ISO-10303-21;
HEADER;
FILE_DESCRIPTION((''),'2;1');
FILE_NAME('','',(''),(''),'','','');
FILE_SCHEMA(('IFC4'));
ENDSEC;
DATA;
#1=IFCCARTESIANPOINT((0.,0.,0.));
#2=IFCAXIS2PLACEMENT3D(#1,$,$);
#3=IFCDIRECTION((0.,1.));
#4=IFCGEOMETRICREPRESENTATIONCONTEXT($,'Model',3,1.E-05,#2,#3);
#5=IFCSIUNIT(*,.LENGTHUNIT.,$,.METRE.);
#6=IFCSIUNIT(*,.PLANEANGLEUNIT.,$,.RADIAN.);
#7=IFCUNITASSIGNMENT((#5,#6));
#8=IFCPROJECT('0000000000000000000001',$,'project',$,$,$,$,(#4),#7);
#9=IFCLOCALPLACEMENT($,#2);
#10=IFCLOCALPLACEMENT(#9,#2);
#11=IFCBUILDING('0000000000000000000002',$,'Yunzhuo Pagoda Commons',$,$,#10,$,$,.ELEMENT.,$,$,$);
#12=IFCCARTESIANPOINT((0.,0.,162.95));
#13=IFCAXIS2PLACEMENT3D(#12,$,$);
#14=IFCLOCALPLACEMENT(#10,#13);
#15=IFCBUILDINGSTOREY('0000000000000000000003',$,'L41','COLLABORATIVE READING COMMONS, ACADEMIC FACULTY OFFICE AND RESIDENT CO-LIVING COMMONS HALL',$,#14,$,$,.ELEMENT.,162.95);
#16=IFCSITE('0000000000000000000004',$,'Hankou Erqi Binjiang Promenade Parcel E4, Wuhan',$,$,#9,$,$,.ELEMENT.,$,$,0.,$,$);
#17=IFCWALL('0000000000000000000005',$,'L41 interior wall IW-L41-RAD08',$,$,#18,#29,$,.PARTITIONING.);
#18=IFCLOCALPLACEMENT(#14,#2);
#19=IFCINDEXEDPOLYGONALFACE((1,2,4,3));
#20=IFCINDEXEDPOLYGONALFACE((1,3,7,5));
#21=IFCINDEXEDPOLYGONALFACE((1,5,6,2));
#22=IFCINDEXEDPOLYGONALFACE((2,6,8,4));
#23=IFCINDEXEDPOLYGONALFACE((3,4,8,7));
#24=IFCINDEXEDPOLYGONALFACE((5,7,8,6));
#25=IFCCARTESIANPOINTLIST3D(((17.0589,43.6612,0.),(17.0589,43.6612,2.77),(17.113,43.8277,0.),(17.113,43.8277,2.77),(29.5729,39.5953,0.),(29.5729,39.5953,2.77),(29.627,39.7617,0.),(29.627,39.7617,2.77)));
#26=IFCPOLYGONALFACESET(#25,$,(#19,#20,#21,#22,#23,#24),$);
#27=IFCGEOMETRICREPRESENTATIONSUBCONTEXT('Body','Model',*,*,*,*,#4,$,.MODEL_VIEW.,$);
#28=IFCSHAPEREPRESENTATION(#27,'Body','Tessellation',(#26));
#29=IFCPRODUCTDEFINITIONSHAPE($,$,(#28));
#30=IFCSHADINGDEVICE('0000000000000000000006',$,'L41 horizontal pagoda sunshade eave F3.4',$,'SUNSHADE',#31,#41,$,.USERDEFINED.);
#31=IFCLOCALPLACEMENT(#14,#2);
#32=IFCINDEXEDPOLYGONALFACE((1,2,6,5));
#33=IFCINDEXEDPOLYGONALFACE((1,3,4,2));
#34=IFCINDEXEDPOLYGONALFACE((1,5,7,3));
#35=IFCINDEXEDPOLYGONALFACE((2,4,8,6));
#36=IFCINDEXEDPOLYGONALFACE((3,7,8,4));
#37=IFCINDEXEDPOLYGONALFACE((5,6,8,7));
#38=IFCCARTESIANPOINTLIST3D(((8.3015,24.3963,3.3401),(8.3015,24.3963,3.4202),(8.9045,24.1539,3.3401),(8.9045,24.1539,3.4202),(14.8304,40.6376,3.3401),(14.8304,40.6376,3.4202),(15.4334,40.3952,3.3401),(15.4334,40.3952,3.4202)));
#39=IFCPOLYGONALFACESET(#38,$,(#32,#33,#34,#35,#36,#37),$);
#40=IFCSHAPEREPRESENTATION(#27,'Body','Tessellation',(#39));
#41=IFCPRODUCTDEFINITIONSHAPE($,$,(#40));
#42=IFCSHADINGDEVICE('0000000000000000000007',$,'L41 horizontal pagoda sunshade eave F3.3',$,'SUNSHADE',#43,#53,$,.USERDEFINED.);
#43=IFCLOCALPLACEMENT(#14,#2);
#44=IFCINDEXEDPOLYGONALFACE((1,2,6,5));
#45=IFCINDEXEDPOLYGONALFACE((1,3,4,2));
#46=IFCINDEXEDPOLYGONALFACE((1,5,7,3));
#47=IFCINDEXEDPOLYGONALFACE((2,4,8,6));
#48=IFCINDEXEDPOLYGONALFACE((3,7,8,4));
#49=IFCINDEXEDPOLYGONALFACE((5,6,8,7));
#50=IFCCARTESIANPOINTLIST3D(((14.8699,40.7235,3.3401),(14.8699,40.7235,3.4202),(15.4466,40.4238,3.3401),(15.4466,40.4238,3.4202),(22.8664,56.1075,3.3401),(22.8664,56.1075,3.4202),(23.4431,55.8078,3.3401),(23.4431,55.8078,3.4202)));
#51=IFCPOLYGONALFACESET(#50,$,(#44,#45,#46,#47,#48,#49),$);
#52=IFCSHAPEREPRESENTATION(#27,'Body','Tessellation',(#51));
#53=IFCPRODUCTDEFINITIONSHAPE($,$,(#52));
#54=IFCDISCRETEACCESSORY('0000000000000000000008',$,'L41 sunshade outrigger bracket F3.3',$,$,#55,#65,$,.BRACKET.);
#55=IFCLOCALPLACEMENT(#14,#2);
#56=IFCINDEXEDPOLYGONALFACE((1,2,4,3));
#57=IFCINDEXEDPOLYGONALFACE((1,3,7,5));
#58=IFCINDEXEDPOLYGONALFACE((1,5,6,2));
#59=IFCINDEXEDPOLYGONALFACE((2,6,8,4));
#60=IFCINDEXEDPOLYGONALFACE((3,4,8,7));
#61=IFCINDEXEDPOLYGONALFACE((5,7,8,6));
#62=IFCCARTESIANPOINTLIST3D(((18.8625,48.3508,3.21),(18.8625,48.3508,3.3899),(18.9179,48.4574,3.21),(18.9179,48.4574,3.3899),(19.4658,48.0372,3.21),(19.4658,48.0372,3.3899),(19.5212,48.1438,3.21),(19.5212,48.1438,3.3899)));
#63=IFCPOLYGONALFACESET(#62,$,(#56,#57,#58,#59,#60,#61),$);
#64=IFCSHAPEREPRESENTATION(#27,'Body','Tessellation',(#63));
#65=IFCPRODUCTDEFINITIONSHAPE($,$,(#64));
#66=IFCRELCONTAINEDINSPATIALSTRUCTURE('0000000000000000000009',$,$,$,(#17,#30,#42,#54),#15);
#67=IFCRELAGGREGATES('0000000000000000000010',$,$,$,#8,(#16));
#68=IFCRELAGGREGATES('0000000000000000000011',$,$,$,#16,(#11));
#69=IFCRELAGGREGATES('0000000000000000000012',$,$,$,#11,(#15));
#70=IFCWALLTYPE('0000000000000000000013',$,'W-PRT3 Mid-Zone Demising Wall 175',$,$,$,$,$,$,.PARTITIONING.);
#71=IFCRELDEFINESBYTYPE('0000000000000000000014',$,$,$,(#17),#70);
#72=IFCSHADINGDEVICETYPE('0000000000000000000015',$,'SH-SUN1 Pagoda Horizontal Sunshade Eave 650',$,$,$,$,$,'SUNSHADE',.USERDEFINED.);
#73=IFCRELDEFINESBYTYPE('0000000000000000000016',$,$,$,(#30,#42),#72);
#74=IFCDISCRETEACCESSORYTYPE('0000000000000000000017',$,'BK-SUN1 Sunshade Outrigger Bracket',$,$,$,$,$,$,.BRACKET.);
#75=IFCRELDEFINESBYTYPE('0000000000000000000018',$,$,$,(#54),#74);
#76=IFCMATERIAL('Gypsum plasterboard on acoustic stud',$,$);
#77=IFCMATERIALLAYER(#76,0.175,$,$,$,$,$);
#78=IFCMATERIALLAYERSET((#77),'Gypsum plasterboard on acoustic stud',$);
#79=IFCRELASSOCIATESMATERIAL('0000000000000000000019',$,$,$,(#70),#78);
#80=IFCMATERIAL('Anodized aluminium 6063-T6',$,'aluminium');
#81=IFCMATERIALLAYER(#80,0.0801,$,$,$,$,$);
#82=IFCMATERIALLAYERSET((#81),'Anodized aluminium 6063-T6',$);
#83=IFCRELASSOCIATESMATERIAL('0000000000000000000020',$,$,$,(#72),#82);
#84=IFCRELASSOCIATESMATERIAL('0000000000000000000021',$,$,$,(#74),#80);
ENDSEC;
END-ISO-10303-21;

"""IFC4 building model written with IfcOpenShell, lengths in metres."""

from ifc_helpers import new_model, si_unit, direction, frame, frame_2d, origin, origin_2d, place, context, subcontext, project, spatial, rectangle, extrude, source, transform, mapped, material, layer, layer_set, type_object, element, save


model = new_model("IFC4")

# Units and contexts
model_context = context("Model", 3, precision=1e-05, world=origin(), true_north=direction((0.0, 1.0)))
body_context = subcontext(model_context, "Body", "Model", "MODEL_VIEW")
ifc_project = project(units=[si_unit("LENGTHUNIT", "METRE"), si_unit("PLANEANGLEUNIT", "RADIAN")], contexts=[model_context])

# Site, building, storey
site_placement = place(None, origin())
site = spatial("IfcSite", under=ifc_project, at=site_placement, Name="Hankou Erqi Binjiang Promenade Parcel E4, Wuhan", CompositionType="ELEMENT", RefElevation=0.0)
building_placement = place(site_placement, origin())
building = spatial("IfcBuilding", under=site, at=building_placement, Name="Yunzhuo Pagoda Commons", CompositionType="ELEMENT")
storey_placement = place(building_placement, frame((0.0, 0.0, 162.95)))
storey = spatial("IfcBuildingStorey", under=building, at=storey_placement, Name="L41", Description="COLLABORATIVE READING COMMONS, ACADEMIC FACULTY OFFICE AND RESIDENT CO-LIVING COMMONS HALL", CompositionType="ELEMENT", Elevation=162.95)

# Shared definitions
ifc_material_1 = material(Name="Anodized aluminium 6063-T6", Category="aluminium")

# Shared definitions
ifc_material_2 = material(Name="Gypsum plasterboard on acoustic stud")

# Wall
ifc_layer_1 = layer(ifc_material_2, 0.175)
ifc_layer_set_1 = layer_set([ifc_layer_1], Name="Gypsum plasterboard on acoustic stud")
wall_type_1 = type_object("IfcWallType", Name="W-PRT3 Mid-Zone Demising Wall 175", PredefinedType="PARTITIONING", material=ifc_layer_set_1)
wall_1_placement = place(storey_placement, frame((29.6001, 39.6785, 0.0), z_axis=(0.0, 0.0, 1.0), x_axis=(-0.951059, 0.30901, 0.0)))
element("IfcWall", 1, at=wall_1_placement, inside=storey, type_object=wall_type_1, Name="L41 interior wall IW-L41-RAD08", PredefinedType="PARTITIONING", context=body_context, shape_type="SweptSolid", body=[
    extrude(rectangle(XDim=13.158, YDim=0.175, at=frame_2d((6.5791, 0.0))), origin(), (0.0, 0.0, 1.0), 2.77),
])

# Shading devices
ifc_layer_2 = layer(ifc_material_1, 0.0801)
ifc_layer_set_2 = layer_set([ifc_layer_2], Name="Anodized aluminium 6063-T6")
shading_device_type = type_object("IfcShadingDeviceType", Name="SH-SUN1 Pagoda Horizontal Sunshade Eave 650", ElementType="SUNSHADE", PredefinedType="USERDEFINED", material=ifc_layer_set_2)
shared_shape_1 = source(origin(), body_context, "Body", "SweptSolid", [
    extrude(rectangle(XDim=17.5044, YDim=0.6499, at=origin_2d()), origin(), (0.0, 0.0, 1.0), 0.0801),
])
shading_device_1_placement = place(storey_placement, frame((11.8674, 32.3958, 3.3401), z_axis=(0.0, 0.0, 1.0), x_axis=(-0.372988, -0.927836, 0.0)))
element("IfcShadingDevice", 2, at=shading_device_1_placement, inside=storey, type_object=shading_device_type, Name="L41 horizontal pagoda sunshade eave F3.4", ObjectType="SUNSHADE", PredefinedType="USERDEFINED", context=body_context, shape_type="MappedRepresentation", body=[
    mapped(shared_shape_1, transform((0.0, 0.0, 0.0), scale=1.0)),
])
shared_shape_2 = source(origin(), body_context, "Body", "SweptSolid", [
    extrude(rectangle(XDim=17.3381, YDim=0.6499, at=origin_2d()), origin(), (0.0, 0.0, 1.0), 0.0801),
])
shading_device_2_placement = place(storey_placement, frame((19.1565, 48.2656, 3.3401), z_axis=(0.0, 0.0, 1.0), x_axis=(-0.461207, -0.887293, 0.0)))
element("IfcShadingDevice", 3, at=shading_device_2_placement, inside=storey, type_object=shading_device_type, Name="L41 horizontal pagoda sunshade eave F3.3", ObjectType="SUNSHADE", PredefinedType="USERDEFINED", context=body_context, shape_type="MappedRepresentation", body=[
    mapped(shared_shape_2, transform((0.0, 0.0, 0.0), scale=1.0)),
])

# Discrete accessory
discrete_accessory_type = type_object("IfcDiscreteAccessoryType", Name="BK-SUN1 Sunshade Outrigger Bracket", PredefinedType="BRACKET", material=ifc_material_1)
shared_shape_3 = source(origin(), body_context, "Body", "SweptSolid", [
    extrude(rectangle(XDim=0.1201, YDim=0.6799, at=origin_2d()), origin(), (0.0, 0.0, 1.0), 0.1799),
])
discrete_accessory_placement = place(storey_placement, frame((19.1919, 48.2473, 3.21), z_axis=(0.0, 0.0, 1.0), x_axis=(-0.461207, -0.887293, 0.0)))
element("IfcDiscreteAccessory", 4, at=discrete_accessory_placement, inside=storey, type_object=discrete_accessory_type, Name="L41 sunshade outrigger bracket F3.3", PredefinedType="BRACKET", context=body_context, shape_type="MappedRepresentation", body=[
    mapped(shared_shape_3, transform((0.0, 0.0, 0.0), scale=1.0)),
])

save(model, "model.ifc")
